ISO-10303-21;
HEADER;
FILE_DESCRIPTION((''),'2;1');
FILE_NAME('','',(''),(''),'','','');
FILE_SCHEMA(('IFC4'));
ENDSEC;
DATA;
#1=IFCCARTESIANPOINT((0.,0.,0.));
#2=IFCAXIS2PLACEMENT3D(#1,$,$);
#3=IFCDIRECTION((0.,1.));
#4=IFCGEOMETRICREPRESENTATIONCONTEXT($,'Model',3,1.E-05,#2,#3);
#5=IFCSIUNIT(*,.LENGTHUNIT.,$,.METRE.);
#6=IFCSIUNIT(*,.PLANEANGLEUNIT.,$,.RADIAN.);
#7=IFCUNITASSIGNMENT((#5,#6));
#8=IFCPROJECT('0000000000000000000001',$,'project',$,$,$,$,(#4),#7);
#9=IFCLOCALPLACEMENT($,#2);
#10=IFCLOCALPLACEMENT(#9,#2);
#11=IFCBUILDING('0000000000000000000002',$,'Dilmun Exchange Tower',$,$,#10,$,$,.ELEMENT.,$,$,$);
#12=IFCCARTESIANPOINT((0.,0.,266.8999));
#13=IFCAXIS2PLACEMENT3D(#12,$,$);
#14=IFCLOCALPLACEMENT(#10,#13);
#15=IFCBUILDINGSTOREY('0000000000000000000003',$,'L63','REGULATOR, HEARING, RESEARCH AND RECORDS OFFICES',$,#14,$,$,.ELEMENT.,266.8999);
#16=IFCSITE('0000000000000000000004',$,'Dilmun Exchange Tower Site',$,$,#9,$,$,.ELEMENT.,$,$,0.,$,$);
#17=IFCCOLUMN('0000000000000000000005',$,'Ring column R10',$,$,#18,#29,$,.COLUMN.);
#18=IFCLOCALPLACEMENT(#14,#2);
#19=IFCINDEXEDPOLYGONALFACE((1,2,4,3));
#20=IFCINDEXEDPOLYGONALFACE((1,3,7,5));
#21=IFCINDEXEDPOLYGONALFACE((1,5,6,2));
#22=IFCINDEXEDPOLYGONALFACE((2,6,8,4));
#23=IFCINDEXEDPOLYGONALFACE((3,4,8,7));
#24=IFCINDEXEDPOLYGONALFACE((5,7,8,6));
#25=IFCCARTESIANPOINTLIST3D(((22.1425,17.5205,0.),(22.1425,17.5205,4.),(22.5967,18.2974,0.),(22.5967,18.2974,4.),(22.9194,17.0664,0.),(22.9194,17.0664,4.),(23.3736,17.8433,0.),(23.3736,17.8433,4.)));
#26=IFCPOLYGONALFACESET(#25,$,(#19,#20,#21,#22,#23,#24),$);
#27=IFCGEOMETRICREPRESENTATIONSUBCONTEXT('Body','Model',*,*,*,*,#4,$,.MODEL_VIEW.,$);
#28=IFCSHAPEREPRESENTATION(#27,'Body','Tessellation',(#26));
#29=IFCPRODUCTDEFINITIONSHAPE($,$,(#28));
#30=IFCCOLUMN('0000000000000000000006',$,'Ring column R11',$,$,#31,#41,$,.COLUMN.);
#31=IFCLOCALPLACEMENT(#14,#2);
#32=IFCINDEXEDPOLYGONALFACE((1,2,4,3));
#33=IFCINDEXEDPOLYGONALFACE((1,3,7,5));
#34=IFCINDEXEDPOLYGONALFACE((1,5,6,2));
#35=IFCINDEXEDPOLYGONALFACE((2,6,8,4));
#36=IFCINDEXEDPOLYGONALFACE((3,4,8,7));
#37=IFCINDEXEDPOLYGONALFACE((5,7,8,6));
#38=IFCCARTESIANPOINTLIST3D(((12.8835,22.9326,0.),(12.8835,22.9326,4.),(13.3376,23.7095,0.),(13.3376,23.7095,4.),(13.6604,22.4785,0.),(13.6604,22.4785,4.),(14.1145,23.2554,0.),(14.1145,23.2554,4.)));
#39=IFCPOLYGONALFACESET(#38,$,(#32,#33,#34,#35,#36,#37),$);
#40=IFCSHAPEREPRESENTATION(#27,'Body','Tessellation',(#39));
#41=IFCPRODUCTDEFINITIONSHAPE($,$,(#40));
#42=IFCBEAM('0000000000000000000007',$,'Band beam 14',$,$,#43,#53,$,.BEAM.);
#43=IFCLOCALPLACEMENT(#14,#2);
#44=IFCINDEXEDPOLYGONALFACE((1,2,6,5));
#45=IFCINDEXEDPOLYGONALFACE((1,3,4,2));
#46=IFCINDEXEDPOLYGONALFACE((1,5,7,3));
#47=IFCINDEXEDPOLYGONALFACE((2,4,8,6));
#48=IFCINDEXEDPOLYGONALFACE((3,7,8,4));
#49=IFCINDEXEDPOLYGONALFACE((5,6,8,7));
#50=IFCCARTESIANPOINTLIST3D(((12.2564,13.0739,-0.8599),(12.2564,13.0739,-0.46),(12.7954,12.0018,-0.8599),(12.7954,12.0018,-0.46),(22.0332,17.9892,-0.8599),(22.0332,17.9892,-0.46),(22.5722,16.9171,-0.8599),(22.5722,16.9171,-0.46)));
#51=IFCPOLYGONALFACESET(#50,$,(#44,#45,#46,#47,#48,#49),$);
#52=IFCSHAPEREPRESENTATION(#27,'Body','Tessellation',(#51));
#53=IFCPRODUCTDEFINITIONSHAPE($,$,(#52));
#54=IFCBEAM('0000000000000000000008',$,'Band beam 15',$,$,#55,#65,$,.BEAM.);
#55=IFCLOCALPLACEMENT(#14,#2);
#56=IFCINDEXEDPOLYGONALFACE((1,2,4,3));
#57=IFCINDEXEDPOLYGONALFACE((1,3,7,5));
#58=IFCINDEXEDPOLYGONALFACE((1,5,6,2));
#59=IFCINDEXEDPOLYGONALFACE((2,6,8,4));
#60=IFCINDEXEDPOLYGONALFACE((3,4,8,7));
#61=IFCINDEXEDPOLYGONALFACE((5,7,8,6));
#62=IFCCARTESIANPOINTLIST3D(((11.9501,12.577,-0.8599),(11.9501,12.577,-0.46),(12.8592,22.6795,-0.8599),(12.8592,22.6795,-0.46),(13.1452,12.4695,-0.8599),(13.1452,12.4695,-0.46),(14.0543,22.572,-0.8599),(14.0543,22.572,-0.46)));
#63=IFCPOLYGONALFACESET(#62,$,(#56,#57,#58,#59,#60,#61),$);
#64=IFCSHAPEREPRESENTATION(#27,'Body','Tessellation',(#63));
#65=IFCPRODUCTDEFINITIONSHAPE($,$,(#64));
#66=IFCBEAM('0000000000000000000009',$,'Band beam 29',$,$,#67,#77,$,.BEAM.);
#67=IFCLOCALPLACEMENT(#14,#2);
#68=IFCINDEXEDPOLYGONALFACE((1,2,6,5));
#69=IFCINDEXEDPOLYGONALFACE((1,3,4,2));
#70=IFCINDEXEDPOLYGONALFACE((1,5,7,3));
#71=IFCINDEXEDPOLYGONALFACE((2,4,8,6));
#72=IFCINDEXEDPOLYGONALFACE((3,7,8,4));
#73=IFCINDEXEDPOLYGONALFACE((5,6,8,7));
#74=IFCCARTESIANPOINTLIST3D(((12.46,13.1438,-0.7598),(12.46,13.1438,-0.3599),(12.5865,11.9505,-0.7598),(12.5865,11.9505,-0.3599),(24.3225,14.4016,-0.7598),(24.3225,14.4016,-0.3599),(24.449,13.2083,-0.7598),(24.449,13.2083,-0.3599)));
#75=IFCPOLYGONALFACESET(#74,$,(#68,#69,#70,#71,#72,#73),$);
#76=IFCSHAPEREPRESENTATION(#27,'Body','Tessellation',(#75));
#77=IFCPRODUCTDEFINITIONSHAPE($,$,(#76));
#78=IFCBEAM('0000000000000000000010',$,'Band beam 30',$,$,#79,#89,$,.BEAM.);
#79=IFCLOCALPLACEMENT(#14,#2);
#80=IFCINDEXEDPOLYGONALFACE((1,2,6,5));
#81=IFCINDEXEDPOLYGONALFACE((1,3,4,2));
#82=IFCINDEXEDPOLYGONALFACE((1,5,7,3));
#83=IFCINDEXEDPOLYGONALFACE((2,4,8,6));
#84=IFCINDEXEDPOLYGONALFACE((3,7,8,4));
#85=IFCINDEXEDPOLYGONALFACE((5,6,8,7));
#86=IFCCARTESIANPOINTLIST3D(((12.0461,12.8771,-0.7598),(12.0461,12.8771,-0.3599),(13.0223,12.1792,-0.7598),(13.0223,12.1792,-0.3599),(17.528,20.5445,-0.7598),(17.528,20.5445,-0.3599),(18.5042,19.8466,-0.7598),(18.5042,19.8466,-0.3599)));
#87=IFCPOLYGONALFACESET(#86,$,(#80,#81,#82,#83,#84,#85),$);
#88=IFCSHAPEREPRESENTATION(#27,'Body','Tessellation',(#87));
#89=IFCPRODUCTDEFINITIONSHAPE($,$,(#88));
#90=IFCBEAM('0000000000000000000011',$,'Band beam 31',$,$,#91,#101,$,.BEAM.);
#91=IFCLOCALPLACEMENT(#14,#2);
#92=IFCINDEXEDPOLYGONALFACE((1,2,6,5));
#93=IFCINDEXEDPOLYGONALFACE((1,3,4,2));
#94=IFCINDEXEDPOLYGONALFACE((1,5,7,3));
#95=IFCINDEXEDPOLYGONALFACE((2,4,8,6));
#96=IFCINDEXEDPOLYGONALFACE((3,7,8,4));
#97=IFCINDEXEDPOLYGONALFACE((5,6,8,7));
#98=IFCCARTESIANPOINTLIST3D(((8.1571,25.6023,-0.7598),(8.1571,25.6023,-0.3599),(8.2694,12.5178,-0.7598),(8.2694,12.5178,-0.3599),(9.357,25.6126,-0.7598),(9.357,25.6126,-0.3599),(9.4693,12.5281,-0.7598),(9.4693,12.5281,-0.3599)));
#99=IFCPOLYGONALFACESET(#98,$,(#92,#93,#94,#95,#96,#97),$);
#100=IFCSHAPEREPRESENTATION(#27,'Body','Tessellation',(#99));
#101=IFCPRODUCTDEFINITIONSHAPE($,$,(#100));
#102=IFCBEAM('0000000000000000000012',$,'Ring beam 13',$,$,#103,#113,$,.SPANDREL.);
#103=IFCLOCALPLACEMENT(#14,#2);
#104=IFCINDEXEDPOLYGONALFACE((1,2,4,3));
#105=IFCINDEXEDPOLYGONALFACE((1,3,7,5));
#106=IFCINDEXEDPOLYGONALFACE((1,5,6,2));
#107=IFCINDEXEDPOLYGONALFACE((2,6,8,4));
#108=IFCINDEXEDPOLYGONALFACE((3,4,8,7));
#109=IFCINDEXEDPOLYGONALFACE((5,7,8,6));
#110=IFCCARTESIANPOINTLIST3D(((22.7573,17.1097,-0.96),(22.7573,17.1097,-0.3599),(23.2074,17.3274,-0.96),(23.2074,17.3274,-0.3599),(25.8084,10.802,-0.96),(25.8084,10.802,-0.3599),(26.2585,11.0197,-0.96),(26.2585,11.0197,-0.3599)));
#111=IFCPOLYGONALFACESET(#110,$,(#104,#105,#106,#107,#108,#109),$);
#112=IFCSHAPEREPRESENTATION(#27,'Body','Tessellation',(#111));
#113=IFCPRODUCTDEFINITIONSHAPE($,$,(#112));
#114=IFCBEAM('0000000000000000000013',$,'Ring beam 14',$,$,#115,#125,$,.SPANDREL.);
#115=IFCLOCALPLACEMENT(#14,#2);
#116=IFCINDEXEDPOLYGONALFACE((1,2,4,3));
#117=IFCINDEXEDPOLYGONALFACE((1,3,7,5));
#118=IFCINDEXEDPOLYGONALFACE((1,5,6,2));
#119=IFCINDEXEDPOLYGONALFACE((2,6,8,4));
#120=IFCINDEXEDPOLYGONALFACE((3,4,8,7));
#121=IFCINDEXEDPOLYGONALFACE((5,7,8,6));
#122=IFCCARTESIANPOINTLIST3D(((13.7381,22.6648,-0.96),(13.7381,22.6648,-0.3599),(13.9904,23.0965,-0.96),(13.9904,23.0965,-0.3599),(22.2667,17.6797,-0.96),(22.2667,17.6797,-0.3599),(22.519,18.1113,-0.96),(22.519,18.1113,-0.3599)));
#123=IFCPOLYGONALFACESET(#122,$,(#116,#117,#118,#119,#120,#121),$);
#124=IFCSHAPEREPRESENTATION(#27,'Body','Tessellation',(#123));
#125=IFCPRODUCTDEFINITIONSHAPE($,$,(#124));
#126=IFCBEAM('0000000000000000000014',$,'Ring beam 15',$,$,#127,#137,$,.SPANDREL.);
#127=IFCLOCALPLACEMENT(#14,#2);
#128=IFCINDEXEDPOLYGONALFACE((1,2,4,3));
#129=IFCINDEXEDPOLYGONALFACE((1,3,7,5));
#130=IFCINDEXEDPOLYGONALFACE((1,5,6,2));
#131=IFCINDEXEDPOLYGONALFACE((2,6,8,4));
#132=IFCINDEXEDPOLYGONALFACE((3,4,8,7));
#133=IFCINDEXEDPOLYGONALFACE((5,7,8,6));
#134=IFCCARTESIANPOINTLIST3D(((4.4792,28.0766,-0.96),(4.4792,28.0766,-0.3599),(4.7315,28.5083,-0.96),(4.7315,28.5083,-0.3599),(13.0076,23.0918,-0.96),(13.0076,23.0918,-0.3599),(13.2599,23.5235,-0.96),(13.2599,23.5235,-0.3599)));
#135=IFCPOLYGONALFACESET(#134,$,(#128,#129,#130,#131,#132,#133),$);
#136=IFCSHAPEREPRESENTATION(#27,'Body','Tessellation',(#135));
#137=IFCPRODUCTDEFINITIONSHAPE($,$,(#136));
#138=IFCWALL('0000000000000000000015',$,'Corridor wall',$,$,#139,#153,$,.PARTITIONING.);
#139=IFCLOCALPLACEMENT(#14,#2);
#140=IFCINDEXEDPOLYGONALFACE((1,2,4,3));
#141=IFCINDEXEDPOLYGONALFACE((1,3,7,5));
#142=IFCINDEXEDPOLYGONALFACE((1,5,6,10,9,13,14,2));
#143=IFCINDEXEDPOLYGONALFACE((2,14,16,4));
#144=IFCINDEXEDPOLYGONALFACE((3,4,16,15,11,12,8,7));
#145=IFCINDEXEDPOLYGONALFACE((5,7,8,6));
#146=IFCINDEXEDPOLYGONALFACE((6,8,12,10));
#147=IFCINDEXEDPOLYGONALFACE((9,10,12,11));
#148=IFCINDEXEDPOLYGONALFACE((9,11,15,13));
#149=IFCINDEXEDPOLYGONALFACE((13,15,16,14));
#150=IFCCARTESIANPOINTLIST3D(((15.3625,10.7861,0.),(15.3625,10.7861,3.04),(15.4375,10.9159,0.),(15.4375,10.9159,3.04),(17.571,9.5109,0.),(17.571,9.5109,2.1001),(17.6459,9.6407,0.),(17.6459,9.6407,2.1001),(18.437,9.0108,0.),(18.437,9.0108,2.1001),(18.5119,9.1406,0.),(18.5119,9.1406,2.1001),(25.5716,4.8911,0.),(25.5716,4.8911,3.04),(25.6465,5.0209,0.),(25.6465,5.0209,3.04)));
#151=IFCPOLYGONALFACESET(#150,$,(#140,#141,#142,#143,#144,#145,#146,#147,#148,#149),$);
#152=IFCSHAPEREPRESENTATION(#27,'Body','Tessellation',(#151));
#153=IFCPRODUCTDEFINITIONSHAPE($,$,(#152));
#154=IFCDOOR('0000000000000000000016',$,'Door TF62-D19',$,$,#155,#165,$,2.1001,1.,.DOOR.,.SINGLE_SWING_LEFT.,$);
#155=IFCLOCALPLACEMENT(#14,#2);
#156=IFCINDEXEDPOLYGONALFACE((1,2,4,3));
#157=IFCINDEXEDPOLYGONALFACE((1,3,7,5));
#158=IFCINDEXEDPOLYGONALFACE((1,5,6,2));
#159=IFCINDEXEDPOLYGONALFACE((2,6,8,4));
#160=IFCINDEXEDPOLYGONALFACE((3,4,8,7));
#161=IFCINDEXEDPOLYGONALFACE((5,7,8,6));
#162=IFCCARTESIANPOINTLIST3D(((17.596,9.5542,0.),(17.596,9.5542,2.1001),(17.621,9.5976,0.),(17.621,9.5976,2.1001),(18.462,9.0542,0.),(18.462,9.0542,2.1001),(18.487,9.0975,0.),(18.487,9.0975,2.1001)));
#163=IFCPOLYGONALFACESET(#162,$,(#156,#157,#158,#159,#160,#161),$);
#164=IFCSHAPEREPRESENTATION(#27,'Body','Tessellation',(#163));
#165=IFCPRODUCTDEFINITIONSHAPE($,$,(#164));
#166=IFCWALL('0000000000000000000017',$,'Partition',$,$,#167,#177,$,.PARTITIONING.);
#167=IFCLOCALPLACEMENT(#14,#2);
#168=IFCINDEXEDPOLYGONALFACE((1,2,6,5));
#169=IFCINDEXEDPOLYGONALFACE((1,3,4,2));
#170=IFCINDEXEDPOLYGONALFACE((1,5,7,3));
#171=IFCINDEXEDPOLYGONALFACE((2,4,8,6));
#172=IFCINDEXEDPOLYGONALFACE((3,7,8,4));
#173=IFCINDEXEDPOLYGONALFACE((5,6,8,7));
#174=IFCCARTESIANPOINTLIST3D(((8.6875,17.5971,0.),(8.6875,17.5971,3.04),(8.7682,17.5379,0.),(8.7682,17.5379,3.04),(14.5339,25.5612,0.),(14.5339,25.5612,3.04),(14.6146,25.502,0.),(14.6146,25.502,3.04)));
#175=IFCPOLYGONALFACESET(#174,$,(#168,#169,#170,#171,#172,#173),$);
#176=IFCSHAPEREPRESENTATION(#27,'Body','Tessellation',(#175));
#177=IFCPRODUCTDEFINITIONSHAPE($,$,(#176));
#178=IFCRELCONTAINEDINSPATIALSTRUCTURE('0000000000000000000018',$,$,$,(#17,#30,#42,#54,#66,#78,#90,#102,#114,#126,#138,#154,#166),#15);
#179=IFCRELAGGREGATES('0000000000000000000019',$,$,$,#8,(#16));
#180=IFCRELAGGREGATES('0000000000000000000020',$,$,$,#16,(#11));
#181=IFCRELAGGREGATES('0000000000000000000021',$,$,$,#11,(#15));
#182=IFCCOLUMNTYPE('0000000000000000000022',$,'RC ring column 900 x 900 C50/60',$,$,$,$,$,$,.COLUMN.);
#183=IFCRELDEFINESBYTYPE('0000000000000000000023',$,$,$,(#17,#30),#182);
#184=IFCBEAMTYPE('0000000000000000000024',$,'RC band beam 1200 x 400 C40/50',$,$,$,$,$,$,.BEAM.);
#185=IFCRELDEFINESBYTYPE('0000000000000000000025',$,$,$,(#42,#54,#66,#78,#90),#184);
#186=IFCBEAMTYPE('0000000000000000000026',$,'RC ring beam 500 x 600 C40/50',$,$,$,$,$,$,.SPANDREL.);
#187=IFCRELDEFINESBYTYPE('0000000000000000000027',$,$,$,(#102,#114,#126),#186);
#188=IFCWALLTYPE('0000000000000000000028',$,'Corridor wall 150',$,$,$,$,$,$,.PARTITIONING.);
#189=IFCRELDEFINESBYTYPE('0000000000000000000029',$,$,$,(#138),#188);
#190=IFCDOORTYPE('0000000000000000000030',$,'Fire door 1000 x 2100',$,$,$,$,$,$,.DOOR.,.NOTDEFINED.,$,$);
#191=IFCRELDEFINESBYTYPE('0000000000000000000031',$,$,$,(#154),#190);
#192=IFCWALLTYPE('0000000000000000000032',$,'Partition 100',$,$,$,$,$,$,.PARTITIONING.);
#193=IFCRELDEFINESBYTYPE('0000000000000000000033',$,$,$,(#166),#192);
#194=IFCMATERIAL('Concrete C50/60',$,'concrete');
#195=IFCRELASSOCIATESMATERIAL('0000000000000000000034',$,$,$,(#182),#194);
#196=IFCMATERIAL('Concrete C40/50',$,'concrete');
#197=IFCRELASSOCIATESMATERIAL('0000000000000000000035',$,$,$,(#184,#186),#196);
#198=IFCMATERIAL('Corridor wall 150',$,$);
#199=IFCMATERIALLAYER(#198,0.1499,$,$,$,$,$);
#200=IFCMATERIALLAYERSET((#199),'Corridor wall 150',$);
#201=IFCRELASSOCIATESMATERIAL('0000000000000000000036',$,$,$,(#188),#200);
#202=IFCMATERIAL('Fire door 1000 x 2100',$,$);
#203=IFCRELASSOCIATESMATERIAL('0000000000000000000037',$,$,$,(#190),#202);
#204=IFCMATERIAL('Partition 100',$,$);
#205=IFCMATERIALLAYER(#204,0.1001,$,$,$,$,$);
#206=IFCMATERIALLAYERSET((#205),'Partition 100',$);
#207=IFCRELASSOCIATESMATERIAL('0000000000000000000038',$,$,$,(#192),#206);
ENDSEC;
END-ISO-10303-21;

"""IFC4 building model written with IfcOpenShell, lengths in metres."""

from ifc_helpers import new_model, si_unit, direction, frame, frame_2d, origin, origin_2d, place, context, subcontext, project, spatial, rectangle, extrude, material, layer, layer_set, material_profile, profile_set, type_object, element, fill, save


model = new_model("IFC4")

# Units and contexts
model_context = context("Model", 3, precision=1e-05, world=origin(), true_north=direction((0.0, 1.0)))
body_context = subcontext(model_context, "Body", "Model", "MODEL_VIEW")
ifc_project = project(units=[si_unit("LENGTHUNIT", "METRE"), si_unit("PLANEANGLEUNIT", "RADIAN")], contexts=[model_context])

# Site, building, storey
site_placement = place(None, origin())
site = spatial("IfcSite", under=ifc_project, at=site_placement, Name="Dilmun Exchange Tower Site", CompositionType="ELEMENT", RefElevation=0.0)
building_placement = place(site_placement, origin())
building = spatial("IfcBuilding", under=site, at=building_placement, Name="Dilmun Exchange Tower", CompositionType="ELEMENT")
storey_placement = place(building_placement, frame((0.0, 0.0, 266.8999)))
storey = spatial("IfcBuildingStorey", under=building, at=storey_placement, Name="L63", Description="REGULATOR, HEARING, RESEARCH AND RECORDS OFFICES", CompositionType="ELEMENT", Elevation=266.8999)

# Columns
ifc_material_1 = material(Name="Concrete C50/60", Category="concrete")
ifc_material_profile_1 = material_profile(ifc_material_1, rectangle(XDim=0.8999, YDim=0.8999, at=origin_2d()), Name="900 x 900")
ifc_profile_set_1 = profile_set([ifc_material_profile_1], Name="Concrete C50/60")
column_type = type_object("IfcColumnType", Name="RC ring column 900 x 900 C50/60", PredefinedType="COLUMN", material=ifc_profile_set_1)
for number, where, z_axis, x_axis, name in (
    (1, (22.7581, 17.6819, 0.0), (0.0, 0.0, 1.0), (0.504644, 0.863328, 0.0), "Ring column R10"),
    (2, (13.499, 23.094, 0.0), (0.0, 0.0, 1.0), (0.504644, 0.863328, 0.0), "Ring column R11"),
):
    element("IfcColumn", number, at=place(storey_placement, frame(where, z_axis=z_axis, x_axis=x_axis)), inside=storey, type_object=column_type, Name=name, PredefinedType="COLUMN", context=body_context, shape_type="SweptSolid", body=[
        extrude(rectangle(XDim=0.8999, YDim=0.8999, at=origin_2d()), origin(), (0.0, 0.0, 1.0), 4.0),
    ])

# Beams
ifc_material_2 = material(Name="Concrete C40/50", Category="concrete")
ifc_material_profile_2 = material_profile(ifc_material_2, rectangle(XDim=1.2, YDim=0.3999, at=origin_2d()), Name="1200 x 400")
ifc_profile_set_2 = profile_set([ifc_material_profile_2], Name="Concrete C40/50")
beam_type_1 = type_object("IfcBeamType", Name="RC band beam 1200 x 400 C40/50", PredefinedType="BEAM", material=ifc_profile_set_2)
beam_1_placement = place(storey_placement, frame((22.3027, 17.4531, -0.6599), z_axis=(-0.893443, -0.449176, 0.0), x_axis=(0.449176, -0.893443, 0.0)))
element("IfcBeam", 3, at=beam_1_placement, inside=storey, type_object=beam_type_1, Name="Band beam 14", PredefinedType="BEAM", context=body_context, shape_type="SweptSolid", body=[
    extrude(rectangle(XDim=1.2, YDim=0.3999, at=origin_2d()), origin(), (0.0, 0.0, 1.0), 10.9429),
])
beam_2_placement = place(storey_placement, frame((13.4568, 22.6257, -0.6599), z_axis=(-0.089633, -0.995975, 0.0), x_axis=(0.995975, -0.089633, 0.0)))
element("IfcBeam", 4, at=beam_2_placement, inside=storey, type_object=beam_type_1, Name="Band beam 15", PredefinedType="BEAM", context=body_context, shape_type="SweptSolid", body=[
    extrude(rectangle(XDim=1.2, YDim=0.3999, at=origin_2d()), origin(), (0.0, 0.0, 1.0), 10.1433),
])
beam_3_placement = place(storey_placement, frame((24.3857, 13.8049, -0.5598), z_axis=(-0.994426, -0.105441, 0.0), x_axis=(0.105441, -0.994426, 0.0)))
element("IfcBeam", 5, at=beam_3_placement, inside=storey, type_object=beam_type_1, Name="Band beam 29", PredefinedType="BEAM", context=body_context, shape_type="SweptSolid", body=[
    extrude(rectangle(XDim=1.2, YDim=0.3999, at=origin_2d()), origin(), (0.0, 0.0, 1.0), 11.929),
])
beam_4_placement = place(storey_placement, frame((18.0161, 20.1956, -0.5598), z_axis=(-0.581601, -0.813474, 0.0), x_axis=(0.813474, -0.581601, 0.0)))
element("IfcBeam", 6, at=beam_4_placement, inside=storey, type_object=beam_type_1, Name="Band beam 30", PredefinedType="BEAM", context=body_context, shape_type="SweptSolid", body=[
    extrude(rectangle(XDim=1.2, YDim=0.3999, at=origin_2d()), origin(), (0.0, 0.0, 1.0), 9.4255),
])
beam_5_placement = place(storey_placement, frame((8.7571, 25.6074, -0.5598), z_axis=(0.008583, -0.999963, 0.0), x_axis=(0.999963, 0.008583, 0.0)))
element("IfcBeam", 7, at=beam_5_placement, inside=storey, type_object=beam_type_1, Name="Band beam 31", PredefinedType="BEAM", context=body_context, shape_type="SweptSolid", body=[
    extrude(rectangle(XDim=1.2, YDim=0.3999, at=origin_2d()), origin(), (0.0, 0.0, 1.0), 13.085),
])
ifc_material_profile_3 = material_profile(ifc_material_2, rectangle(XDim=0.5, YDim=0.6001, at=origin_2d()), Name="500 x 600")
ifc_profile_set_3 = profile_set([ifc_material_profile_3], Name="Concrete C40/50")
beam_type_2 = type_object("IfcBeamType", Name="RC ring beam 500 x 600 C40/50", PredefinedType="SPANDREL", material=ifc_profile_set_3)
beam_6_placement = place(storey_placement, frame((26.0334, 10.9109, -0.6599), z_axis=(-0.43544, 0.900218, 0.0), x_axis=(-0.900218, -0.43544, 0.0)))
element("IfcBeam", 8, at=beam_6_placement, inside=storey, type_object=beam_type_2, Name="Ring beam 13", PredefinedType="SPANDREL", context=body_context, shape_type="SweptSolid", body=[
    extrude(rectangle(XDim=0.5, YDim=0.6001, at=origin_2d()), origin(), (0.0, 0.0, 1.0), 7.0068),
])
beam_7_placement = place(storey_placement, frame((22.3928, 17.8955, -0.6599), z_axis=(-0.863333, 0.504635, 0.0), x_axis=(-0.504635, -0.863333, 0.0)))
element("IfcBeam", 9, at=beam_7_placement, inside=storey, type_object=beam_type_2, Name="Ring beam 14", PredefinedType="SPANDREL", context=body_context, shape_type="SweptSolid", body=[
    extrude(rectangle(XDim=0.5, YDim=0.6001, at=origin_2d()), origin(), (0.0, 0.0, 1.0), 9.8787),
])
beam_8_placement = place(storey_placement, frame((13.1338, 23.3076, -0.6599), z_axis=(-0.863344, 0.504616, 0.0), x_axis=(-0.504616, -0.863344, 0.0)))
element("IfcBeam", 10, at=beam_8_placement, inside=storey, type_object=beam_type_2, Name="Ring beam 15", PredefinedType="SPANDREL", context=body_context, shape_type="SweptSolid", body=[
    extrude(rectangle(XDim=0.5, YDim=0.6001, at=origin_2d()), origin(), (0.0, 0.0, 1.0), 9.8784),
])

# Wall, opening, door
ifc_material_3 = material(Name="Corridor wall 150")
ifc_layer_1 = layer(ifc_material_3, 0.1499)
ifc_layer_set_1 = layer_set([ifc_layer_1], Name="Corridor wall 150")
wall_type_1 = type_object("IfcWallType", Name="Corridor wall 150", PredefinedType="PARTITIONING", material=ifc_layer_set_1)
wall_1_placement = place(storey_placement, frame((15.3999, 10.8511, 0.0), z_axis=(0.0, 0.0, 1.0), x_axis=(0.865994, -0.500055, 0.0)))
wall_1 = element("IfcWall", 11, at=wall_1_placement, inside=storey, type_object=wall_type_1, Name="Corridor wall", PredefinedType="PARTITIONING", context=body_context, shape_type="SweptSolid", body=[
    extrude(rectangle(XDim=11.7888, YDim=0.1499, at=frame_2d((5.8945, 0.0))), origin(), (0.0, 0.0, 1.0), 3.04),
])
opening_1_placement = place(wall_1_placement, frame((2.5503, 0.0, 0.0)))
opening_1 = element("IfcOpeningElement", 12, at=opening_1_placement, cuts=wall_1, PredefinedType="OPENING", context=body_context, shape_type="SweptSolid", body=[
    extrude(rectangle(XDim=1.0, YDim=2.1001, at=frame_2d((0.5, 1.05))), frame((0.0, 0.085, 0.0), z_axis=(0.0, -1.0, 0.0), x_axis=(1.0, 0.0, 0.0)), (0.0, 0.0, 1.0), 0.1699),
])
ifc_material_4 = material(Name="Fire door 1000 x 2100")
door_type = type_object("IfcDoorType", Name="Fire door 1000 x 2100", OperationType="NOTDEFINED", PredefinedType="DOOR", material=ifc_material_4)
door_placement = place(opening_1_placement, frame((1.0, 0.0, 0.0), z_axis=(0.0, 0.0, 1.0), x_axis=(-1.0, 0.0, 0.0)))
door = element("IfcDoor", 13, at=door_placement, inside=storey, type_object=door_type, Name="Door TF62-D19", OperationType="SINGLE_SWING_LEFT", OverallHeight=2.1001, OverallWidth=1.0, PredefinedType="DOOR", context=body_context, shape_type="SweptSolid", body=[
    extrude(rectangle(XDim=1.0, YDim=2.1001, at=frame_2d((0.5, 1.05))), frame((0.0, 0.0249, 0.0), z_axis=(0.0, -1.0, 0.0), x_axis=(1.0, 0.0, 0.0)), (0.0, 0.0, 1.0), 0.05),
])
fill(opening_1, door)

# Wall
ifc_material_5 = material(Name="Partition 100")
ifc_layer_2 = layer(ifc_material_5, 0.1001)
ifc_layer_set_2 = layer_set([ifc_layer_2], Name="Partition 100")
wall_type_2 = type_object("IfcWallType", Name="Partition 100", PredefinedType="PARTITIONING", material=ifc_layer_set_2)
wall_2_placement = place(storey_placement, frame((8.7278, 17.5674, 0.0), z_axis=(0.0, 0.0, 1.0), x_axis=(0.591764, 0.806111, 0.0)))
element("IfcWall", 14, at=wall_2_placement, inside=storey, type_object=wall_type_2, Name="Partition", PredefinedType="PARTITIONING", context=body_context, shape_type="SweptSolid", body=[
    extrude(rectangle(XDim=9.8796, YDim=0.1001, at=frame_2d((4.9399, 0.0))), origin(), (0.0, 0.0, 1.0), 3.04),
])

save(model, "model.ifc")
